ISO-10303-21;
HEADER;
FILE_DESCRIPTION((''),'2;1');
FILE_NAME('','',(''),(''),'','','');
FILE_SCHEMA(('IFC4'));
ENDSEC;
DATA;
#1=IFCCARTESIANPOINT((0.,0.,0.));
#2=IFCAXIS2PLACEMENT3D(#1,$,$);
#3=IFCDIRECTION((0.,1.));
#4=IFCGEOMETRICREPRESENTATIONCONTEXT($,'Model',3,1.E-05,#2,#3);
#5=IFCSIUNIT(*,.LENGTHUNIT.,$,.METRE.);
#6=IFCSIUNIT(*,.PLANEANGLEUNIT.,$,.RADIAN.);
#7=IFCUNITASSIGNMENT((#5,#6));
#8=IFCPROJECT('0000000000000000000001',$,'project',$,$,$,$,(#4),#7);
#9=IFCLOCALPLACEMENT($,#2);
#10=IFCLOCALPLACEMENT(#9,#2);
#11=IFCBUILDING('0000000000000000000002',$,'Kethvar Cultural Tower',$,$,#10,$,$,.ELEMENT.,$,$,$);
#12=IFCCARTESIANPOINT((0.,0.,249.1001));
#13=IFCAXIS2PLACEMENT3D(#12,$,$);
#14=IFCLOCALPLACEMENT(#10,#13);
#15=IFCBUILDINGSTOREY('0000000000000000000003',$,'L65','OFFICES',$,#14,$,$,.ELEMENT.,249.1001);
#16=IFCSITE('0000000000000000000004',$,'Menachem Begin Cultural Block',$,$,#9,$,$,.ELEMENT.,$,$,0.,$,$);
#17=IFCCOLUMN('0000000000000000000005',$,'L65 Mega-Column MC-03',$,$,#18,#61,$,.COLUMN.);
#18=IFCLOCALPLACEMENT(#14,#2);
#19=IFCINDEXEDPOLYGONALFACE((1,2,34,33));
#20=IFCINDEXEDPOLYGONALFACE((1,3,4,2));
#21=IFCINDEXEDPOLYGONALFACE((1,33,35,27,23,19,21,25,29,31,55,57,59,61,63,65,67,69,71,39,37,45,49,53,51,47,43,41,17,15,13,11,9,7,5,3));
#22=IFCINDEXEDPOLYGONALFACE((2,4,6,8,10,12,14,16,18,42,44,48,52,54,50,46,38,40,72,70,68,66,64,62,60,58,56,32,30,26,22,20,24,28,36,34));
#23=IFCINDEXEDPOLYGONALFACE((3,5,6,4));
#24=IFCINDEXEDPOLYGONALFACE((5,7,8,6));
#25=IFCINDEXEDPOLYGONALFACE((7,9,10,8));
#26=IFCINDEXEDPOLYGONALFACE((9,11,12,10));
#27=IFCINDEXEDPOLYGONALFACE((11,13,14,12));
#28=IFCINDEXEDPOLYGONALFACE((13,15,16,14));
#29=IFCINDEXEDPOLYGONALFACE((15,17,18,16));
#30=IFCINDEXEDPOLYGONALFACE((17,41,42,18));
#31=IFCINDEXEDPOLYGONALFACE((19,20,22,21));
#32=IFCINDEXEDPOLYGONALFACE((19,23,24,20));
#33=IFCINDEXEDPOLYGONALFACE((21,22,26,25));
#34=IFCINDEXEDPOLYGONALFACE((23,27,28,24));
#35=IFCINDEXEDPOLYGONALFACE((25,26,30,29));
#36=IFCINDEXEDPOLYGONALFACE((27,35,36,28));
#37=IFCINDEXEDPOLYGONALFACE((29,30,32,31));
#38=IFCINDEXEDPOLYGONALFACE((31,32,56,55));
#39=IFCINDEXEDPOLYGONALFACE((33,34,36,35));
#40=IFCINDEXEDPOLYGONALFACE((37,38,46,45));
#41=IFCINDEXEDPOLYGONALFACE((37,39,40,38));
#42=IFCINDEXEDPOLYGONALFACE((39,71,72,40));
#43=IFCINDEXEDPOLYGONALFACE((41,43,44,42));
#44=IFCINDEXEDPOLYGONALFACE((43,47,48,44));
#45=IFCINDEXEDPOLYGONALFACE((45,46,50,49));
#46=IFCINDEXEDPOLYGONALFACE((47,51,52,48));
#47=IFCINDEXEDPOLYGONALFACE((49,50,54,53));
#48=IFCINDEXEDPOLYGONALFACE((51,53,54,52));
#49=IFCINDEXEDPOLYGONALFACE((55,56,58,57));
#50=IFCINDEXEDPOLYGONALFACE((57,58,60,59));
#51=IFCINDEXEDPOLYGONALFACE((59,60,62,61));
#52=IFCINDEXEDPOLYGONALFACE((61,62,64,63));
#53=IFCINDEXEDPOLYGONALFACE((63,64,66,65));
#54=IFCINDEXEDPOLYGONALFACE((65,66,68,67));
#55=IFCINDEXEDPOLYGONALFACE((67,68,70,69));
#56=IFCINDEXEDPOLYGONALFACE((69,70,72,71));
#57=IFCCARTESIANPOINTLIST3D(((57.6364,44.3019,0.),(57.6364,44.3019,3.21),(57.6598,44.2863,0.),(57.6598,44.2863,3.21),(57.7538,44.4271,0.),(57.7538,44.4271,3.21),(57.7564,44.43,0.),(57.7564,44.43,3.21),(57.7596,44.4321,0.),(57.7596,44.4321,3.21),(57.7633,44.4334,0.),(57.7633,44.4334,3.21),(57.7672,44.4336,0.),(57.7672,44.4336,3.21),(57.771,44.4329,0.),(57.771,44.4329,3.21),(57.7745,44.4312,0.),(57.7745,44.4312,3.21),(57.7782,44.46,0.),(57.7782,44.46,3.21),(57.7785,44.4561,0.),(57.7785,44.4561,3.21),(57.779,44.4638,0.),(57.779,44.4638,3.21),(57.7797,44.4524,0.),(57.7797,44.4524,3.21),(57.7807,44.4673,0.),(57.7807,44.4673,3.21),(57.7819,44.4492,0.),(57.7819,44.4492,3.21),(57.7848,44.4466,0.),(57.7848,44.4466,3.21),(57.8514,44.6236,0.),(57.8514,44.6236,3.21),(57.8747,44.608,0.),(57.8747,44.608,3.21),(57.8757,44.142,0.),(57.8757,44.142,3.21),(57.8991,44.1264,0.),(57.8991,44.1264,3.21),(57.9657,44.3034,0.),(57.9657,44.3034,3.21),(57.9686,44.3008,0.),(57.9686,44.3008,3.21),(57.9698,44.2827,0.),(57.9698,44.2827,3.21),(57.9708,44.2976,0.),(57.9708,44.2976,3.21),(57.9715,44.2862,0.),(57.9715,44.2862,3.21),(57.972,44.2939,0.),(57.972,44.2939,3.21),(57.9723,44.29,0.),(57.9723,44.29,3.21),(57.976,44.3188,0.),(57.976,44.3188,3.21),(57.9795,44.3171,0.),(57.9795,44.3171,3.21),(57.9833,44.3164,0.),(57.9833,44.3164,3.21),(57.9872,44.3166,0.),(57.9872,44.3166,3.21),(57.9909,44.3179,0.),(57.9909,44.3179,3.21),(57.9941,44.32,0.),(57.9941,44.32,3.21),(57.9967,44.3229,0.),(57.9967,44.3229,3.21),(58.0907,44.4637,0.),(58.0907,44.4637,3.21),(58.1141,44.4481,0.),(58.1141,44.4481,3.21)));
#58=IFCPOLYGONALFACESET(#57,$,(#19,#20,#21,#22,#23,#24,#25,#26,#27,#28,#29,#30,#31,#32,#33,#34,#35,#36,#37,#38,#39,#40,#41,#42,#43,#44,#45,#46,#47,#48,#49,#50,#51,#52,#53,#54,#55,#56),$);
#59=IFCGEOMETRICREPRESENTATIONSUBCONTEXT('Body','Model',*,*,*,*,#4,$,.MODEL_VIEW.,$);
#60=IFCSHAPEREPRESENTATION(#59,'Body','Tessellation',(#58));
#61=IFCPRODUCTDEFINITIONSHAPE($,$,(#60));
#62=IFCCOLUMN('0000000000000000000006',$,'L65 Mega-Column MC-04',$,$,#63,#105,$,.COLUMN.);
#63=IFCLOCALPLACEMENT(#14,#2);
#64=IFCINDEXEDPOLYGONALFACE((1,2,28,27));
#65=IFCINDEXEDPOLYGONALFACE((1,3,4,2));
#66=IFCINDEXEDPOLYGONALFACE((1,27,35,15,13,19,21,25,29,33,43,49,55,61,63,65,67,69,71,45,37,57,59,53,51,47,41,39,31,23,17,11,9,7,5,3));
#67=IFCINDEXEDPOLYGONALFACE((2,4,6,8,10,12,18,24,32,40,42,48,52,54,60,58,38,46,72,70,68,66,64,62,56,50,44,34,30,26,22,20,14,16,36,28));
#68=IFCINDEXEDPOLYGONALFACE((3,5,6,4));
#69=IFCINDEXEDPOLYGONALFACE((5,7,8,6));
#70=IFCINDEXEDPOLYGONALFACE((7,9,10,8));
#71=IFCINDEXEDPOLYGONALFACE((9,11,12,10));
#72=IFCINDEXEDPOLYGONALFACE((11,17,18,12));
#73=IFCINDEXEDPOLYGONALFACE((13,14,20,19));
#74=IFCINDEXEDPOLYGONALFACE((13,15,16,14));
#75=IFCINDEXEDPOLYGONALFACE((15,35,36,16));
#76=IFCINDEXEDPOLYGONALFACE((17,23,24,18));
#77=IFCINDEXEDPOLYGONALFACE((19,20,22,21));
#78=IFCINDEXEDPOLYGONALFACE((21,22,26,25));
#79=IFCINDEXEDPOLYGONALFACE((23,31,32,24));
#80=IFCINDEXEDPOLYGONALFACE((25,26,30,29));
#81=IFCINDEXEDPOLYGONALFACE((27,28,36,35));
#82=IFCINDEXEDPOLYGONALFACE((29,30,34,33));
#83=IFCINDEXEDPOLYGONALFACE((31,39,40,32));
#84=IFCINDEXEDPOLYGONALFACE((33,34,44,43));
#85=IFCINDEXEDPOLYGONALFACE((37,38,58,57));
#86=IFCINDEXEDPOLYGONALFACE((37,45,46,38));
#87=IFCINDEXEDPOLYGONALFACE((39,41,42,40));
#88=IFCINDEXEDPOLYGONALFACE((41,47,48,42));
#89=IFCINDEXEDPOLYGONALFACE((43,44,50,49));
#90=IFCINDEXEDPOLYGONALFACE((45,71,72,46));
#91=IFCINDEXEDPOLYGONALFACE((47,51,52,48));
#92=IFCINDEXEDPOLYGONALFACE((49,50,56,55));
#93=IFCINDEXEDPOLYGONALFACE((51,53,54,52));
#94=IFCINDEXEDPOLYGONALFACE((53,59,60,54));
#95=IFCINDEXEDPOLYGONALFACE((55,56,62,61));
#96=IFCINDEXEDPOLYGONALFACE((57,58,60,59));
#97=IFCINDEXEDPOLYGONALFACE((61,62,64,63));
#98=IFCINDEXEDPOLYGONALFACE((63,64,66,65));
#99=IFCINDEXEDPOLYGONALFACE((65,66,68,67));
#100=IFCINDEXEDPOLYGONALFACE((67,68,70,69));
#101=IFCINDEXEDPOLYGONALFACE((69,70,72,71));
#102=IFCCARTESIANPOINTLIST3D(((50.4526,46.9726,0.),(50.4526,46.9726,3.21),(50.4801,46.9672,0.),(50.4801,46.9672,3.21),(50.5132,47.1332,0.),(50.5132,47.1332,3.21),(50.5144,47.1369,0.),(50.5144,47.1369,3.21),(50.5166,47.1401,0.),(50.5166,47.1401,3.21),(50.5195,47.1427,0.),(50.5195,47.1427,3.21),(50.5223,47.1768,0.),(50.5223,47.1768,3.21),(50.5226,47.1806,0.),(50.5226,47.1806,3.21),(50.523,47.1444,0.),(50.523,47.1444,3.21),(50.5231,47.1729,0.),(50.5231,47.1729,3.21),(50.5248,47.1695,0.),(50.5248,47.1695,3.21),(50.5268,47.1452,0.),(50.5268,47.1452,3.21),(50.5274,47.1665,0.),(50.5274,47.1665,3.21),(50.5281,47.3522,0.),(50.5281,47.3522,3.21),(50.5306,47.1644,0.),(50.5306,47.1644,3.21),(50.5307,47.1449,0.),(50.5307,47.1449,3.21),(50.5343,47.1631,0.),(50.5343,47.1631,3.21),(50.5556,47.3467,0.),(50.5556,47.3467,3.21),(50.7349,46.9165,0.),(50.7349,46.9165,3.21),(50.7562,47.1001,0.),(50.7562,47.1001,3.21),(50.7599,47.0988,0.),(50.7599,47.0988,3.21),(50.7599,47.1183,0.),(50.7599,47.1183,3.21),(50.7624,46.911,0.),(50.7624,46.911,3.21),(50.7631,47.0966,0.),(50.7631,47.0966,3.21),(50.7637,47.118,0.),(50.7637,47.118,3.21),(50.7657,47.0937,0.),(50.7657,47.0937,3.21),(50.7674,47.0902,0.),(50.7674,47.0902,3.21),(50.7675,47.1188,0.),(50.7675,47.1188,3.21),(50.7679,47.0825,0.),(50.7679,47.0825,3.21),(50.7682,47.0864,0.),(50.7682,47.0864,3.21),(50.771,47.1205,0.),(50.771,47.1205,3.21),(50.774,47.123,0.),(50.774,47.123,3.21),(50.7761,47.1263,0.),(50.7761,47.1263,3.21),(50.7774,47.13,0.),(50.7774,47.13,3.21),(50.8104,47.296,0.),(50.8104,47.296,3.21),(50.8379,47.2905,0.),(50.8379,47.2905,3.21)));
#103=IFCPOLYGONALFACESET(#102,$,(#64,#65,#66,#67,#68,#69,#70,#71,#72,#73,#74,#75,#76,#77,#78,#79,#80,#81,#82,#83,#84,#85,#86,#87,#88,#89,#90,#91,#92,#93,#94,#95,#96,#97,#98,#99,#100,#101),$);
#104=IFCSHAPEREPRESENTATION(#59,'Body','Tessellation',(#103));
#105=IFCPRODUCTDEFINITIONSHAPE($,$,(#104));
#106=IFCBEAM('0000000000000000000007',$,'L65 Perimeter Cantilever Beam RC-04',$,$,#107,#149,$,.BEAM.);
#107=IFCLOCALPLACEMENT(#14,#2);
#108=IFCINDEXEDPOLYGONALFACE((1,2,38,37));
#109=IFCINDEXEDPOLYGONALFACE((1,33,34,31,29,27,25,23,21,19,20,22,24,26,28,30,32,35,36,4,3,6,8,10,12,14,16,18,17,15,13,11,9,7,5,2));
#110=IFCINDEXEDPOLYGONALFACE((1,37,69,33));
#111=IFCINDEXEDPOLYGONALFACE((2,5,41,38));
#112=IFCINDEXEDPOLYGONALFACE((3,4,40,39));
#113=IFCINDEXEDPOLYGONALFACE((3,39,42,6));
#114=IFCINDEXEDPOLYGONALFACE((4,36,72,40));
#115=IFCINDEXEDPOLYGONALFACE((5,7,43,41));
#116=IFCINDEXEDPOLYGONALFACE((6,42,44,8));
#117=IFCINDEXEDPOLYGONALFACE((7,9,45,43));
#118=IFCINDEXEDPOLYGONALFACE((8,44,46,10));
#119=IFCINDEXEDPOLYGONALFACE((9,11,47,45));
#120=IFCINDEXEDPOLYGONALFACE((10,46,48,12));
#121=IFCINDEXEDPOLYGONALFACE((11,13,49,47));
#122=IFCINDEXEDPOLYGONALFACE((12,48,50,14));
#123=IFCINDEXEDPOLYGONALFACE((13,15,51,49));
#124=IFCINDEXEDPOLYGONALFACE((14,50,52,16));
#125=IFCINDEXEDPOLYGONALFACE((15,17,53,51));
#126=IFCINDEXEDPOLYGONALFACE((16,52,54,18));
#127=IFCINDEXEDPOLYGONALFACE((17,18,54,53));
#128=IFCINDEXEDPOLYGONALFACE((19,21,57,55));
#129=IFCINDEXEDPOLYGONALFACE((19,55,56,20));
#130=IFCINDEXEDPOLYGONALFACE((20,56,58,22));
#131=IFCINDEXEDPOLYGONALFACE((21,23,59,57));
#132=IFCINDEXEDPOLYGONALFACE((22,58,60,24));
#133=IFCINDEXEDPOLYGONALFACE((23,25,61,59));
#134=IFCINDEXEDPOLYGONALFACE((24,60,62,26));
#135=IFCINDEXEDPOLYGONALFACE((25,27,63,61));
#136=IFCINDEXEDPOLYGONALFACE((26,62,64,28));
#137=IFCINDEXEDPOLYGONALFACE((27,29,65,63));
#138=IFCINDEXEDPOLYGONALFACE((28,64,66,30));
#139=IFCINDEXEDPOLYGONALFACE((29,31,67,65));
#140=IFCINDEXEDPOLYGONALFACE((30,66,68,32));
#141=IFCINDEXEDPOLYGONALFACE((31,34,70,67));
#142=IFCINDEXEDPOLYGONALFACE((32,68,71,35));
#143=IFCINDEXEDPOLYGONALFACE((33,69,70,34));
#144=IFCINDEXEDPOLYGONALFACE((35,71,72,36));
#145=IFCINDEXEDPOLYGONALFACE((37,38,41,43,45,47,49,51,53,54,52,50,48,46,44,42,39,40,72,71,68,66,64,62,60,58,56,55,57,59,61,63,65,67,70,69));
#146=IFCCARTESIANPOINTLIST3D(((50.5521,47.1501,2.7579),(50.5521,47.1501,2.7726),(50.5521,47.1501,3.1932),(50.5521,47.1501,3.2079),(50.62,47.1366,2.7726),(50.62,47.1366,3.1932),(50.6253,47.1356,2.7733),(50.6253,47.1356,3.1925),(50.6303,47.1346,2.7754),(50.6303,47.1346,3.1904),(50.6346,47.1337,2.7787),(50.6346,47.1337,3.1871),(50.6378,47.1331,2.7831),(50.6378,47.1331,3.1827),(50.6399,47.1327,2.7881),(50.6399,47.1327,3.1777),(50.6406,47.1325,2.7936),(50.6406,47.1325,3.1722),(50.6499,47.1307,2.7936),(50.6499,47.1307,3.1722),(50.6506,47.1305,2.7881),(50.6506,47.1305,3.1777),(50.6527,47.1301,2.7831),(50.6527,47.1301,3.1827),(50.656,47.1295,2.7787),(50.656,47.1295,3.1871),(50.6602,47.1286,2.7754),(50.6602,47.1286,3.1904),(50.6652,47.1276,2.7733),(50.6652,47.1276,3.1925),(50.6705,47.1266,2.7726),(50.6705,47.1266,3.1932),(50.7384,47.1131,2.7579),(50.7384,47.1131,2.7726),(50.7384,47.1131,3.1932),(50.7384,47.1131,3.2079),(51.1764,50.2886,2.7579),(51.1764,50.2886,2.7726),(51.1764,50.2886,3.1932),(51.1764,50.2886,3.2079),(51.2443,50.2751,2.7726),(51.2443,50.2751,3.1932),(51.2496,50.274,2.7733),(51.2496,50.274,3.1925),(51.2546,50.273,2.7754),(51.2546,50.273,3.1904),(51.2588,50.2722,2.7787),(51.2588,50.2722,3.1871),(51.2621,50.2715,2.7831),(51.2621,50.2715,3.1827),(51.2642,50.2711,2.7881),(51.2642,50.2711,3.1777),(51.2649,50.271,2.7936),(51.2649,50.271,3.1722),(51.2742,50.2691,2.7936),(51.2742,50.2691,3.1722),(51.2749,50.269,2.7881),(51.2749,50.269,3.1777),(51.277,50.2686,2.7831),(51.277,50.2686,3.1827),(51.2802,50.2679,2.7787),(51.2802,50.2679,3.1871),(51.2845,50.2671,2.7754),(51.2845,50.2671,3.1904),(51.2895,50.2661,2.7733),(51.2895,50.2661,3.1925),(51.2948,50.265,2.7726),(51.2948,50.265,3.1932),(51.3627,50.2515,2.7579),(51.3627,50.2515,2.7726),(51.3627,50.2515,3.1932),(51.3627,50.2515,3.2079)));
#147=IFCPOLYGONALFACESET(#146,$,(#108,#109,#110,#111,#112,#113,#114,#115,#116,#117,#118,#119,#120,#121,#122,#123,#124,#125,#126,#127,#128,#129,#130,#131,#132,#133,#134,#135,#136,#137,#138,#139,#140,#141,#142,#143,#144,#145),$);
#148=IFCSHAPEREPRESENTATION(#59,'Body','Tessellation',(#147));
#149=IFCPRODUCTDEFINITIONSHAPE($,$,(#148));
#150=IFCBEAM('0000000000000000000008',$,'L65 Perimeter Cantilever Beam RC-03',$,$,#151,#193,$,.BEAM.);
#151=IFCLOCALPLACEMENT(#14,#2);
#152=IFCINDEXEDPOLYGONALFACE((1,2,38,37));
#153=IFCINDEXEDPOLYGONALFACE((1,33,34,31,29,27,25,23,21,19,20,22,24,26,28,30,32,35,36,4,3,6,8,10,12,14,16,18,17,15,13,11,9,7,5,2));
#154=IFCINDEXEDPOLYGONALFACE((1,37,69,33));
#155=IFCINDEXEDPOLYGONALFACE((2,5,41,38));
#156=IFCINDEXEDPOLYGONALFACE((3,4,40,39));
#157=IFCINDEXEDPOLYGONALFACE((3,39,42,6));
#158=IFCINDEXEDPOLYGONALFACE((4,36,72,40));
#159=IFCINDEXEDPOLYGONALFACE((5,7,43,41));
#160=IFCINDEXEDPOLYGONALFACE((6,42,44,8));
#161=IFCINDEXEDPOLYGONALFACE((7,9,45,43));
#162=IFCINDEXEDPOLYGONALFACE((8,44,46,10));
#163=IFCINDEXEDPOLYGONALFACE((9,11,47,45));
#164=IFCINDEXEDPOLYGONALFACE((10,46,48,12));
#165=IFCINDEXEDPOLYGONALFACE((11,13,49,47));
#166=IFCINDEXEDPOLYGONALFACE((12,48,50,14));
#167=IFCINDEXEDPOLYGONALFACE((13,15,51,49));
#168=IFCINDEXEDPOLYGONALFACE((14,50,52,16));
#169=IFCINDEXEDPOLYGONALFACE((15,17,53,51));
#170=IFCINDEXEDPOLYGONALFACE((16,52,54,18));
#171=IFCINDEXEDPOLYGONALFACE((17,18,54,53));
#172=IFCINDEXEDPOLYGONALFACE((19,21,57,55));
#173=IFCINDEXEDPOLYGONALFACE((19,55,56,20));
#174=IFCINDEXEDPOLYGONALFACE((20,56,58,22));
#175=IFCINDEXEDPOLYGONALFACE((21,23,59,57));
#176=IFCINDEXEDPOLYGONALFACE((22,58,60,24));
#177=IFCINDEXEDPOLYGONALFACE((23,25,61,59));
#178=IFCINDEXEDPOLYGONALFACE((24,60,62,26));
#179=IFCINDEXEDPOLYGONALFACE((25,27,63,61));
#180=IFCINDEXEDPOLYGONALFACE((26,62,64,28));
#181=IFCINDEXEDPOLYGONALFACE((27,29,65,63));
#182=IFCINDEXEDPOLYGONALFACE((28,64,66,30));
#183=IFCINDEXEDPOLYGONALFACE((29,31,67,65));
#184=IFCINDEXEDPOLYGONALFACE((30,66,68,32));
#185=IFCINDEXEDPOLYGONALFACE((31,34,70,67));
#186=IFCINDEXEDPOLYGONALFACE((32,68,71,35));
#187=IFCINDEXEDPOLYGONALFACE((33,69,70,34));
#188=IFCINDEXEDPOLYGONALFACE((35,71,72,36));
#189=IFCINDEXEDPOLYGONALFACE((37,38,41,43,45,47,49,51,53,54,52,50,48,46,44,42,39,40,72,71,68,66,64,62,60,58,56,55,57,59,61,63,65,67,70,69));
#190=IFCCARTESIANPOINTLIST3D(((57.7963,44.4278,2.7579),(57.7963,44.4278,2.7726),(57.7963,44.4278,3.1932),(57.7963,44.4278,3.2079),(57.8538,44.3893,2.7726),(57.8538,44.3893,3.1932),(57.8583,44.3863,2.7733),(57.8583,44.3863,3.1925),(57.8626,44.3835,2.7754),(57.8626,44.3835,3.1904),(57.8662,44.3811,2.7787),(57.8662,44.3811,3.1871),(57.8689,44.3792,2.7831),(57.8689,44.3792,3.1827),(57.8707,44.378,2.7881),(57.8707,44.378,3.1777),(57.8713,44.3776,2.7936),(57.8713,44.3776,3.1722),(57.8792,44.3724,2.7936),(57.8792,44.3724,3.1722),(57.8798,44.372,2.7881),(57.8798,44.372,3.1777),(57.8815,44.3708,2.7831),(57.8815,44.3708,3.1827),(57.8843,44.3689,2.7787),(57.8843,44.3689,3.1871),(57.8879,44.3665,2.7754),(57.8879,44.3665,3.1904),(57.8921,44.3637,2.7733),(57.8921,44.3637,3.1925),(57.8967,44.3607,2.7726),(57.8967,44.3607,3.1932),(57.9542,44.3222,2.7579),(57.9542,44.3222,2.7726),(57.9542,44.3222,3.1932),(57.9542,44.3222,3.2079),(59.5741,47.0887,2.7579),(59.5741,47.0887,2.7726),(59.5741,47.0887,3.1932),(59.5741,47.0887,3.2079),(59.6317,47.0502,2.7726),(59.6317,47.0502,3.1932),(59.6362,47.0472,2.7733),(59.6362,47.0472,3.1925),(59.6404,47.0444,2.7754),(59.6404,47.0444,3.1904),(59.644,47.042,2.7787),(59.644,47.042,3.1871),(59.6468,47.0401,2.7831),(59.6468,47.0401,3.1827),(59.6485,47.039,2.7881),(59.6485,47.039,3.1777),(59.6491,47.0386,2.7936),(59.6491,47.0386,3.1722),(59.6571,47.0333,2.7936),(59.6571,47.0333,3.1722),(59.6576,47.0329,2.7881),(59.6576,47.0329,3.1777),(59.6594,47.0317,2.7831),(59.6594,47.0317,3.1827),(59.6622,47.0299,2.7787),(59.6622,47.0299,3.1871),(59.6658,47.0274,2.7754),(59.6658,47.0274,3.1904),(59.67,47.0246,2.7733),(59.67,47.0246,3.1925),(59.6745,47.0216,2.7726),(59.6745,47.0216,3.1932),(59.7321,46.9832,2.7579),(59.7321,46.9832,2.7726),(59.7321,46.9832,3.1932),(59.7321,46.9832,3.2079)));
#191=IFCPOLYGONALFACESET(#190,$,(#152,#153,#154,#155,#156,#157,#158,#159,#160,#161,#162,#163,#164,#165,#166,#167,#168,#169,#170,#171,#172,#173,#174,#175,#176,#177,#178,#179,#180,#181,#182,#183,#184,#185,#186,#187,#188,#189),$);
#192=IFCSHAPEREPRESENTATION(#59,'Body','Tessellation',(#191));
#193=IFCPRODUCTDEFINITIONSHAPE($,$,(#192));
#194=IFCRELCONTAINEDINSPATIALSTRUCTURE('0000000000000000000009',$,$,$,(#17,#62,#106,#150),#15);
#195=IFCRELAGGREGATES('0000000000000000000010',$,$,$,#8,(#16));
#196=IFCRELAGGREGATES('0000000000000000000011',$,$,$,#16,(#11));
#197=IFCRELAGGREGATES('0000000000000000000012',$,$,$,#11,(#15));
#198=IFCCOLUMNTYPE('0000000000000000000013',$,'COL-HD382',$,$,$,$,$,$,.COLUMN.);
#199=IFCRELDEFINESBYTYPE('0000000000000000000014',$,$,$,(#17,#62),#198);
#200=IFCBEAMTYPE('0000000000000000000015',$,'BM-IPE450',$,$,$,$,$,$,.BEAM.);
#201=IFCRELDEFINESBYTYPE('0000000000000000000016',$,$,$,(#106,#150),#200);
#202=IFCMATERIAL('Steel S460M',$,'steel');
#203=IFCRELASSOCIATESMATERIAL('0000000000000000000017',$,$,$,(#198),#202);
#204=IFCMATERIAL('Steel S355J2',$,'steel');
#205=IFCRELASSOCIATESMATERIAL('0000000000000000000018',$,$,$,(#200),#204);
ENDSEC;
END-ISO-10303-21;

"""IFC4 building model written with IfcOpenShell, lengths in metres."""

from ifc_helpers import new_model, si_unit, direction, frame, origin, origin_2d, place, context, subcontext, project, spatial, i_section, extrude, source, transform, mapped, material, material_profile, profile_set, type_object, element, save


model = new_model("IFC4")

# Units and contexts
model_context = context("Model", 3, precision=1e-05, world=origin(), true_north=direction((0.0, 1.0)))
body_context = subcontext(model_context, "Body", "Model", "MODEL_VIEW")
ifc_project = project(units=[si_unit("LENGTHUNIT", "METRE"), si_unit("PLANEANGLEUNIT", "RADIAN")], contexts=[model_context])

# Site, building, storey
site_placement = place(None, origin())
site = spatial("IfcSite", under=ifc_project, at=site_placement, Name="Menachem Begin Cultural Block", CompositionType="ELEMENT", RefElevation=0.0)
building_placement = place(site_placement, origin())
building = spatial("IfcBuilding", under=site, at=building_placement, Name="Kethvar Cultural Tower", CompositionType="ELEMENT")
storey_placement = place(building_placement, frame((0.0, 0.0, 249.1001)))
storey = spatial("IfcBuildingStorey", under=building, at=storey_placement, Name="L65", Description="OFFICES", CompositionType="ELEMENT", Elevation=249.1001)

# Columns
ifc_material_1 = material(Name="Steel S460M", Category="steel")
ifc_material_profile_1 = material_profile(ifc_material_1, i_section(OverallWidth=0.387, OverallDepth=0.3159, WebThickness=0.0186, FlangeThickness=0.0281, FilletRadius=0.0149, at=origin_2d()), Name="Steel S460M — HD400x382")
ifc_profile_set_1 = profile_set([ifc_material_profile_1], Name="Steel S460M — HD400x382")
column_type = type_object("IfcColumnType", Name="COL-HD382", PredefinedType="COLUMN", material=ifc_profile_set_1)
shared_shape_1 = source(origin(), body_context, "Body", "SweptSolid", [
    extrude(i_section(OverallWidth=0.387, OverallDepth=0.3159, WebThickness=0.0186, FlangeThickness=0.0281, FilletRadius=0.0149, at=origin_2d()), origin(), (0.0, 0.0, 1.0), 3.21),
])
for number, where, z_axis, x_axis, name in (
    (1, (57.8752, 44.375, 0.0), (0.0, 0.0, 1.0), (0.55557, 0.83147, 0.0), "L65 Mega-Column MC-03"),
    (2, (50.6453, 47.1316, 0.0), (0.0, 0.0, 1.0), (0.19509, 0.980785, 0.0), "L65 Mega-Column MC-04"),
):
    element("IfcColumn", number, at=place(storey_placement, frame(where, z_axis=z_axis, x_axis=x_axis)), inside=storey, type_object=column_type, Name=name, PredefinedType="COLUMN", context=body_context, shape_type="MappedRepresentation", body=[
        mapped(shared_shape_1, transform((0.0, 0.0, 0.0), scale=1.0)),
    ])

# Beams
ifc_material_2 = material(Name="Steel S355J2", Category="steel")
ifc_material_profile_2 = material_profile(ifc_material_2, i_section(OverallWidth=0.1899, OverallDepth=0.45, WebThickness=0.0095, FlangeThickness=0.0146, FilletRadius=0.021, at=origin_2d()), Name="Steel S355J2 — IPE450")
ifc_profile_set_2 = profile_set([ifc_material_profile_2], Name="Steel S355J2 — IPE450")
beam_type_1 = type_object("IfcBeamType", Name="BM-IPE450", PredefinedType="BEAM", material=ifc_profile_set_2)
shared_shape_2 = source(origin(), body_context, "Body", "SweptSolid", [
    extrude(i_section(OverallWidth=0.1899, OverallDepth=0.45, WebThickness=0.0095, FlangeThickness=0.0146, FilletRadius=0.021, at=origin_2d()), origin(), (0.0, 0.0, 1.0), 3.2),
])
beam_1_placement = place(storey_placement, frame((50.6453, 47.1316, 2.9829), z_axis=(0.195089, 0.980786, 0.0), x_axis=(-0.980786, 0.195089, 0.0)))
element("IfcBeam", 3, at=beam_1_placement, inside=storey, type_object=beam_type_1, Name="L65 Perimeter Cantilever Beam RC-04", PredefinedType="BEAM", context=body_context, shape_type="MappedRepresentation", body=[
    mapped(shared_shape_2, transform((0.0, 0.0, 0.0), scale=1.0)),
])
shared_shape_3 = source(origin(), body_context, "Body", "SweptSolid", [
    extrude(i_section(OverallWidth=0.1899, OverallDepth=0.45, WebThickness=0.0095, FlangeThickness=0.0146, FilletRadius=0.021, at=origin_2d()), origin(), (0.0, 0.0, 1.0), 3.2002),
])
beam_2_placement = place(storey_placement, frame((57.8752, 44.375, 2.9829), z_axis=(0.555545, 0.831486, 0.0), x_axis=(-0.831486, 0.555545, 0.0)))
element("IfcBeam", 4, at=beam_2_placement, inside=storey, type_object=beam_type_1, Name="L65 Perimeter Cantilever Beam RC-03", PredefinedType="BEAM", context=body_context, shape_type="MappedRepresentation", body=[
    mapped(shared_shape_3, transform((0.0, 0.0, 0.0), scale=1.0)),
])

save(model, "model.ifc")
